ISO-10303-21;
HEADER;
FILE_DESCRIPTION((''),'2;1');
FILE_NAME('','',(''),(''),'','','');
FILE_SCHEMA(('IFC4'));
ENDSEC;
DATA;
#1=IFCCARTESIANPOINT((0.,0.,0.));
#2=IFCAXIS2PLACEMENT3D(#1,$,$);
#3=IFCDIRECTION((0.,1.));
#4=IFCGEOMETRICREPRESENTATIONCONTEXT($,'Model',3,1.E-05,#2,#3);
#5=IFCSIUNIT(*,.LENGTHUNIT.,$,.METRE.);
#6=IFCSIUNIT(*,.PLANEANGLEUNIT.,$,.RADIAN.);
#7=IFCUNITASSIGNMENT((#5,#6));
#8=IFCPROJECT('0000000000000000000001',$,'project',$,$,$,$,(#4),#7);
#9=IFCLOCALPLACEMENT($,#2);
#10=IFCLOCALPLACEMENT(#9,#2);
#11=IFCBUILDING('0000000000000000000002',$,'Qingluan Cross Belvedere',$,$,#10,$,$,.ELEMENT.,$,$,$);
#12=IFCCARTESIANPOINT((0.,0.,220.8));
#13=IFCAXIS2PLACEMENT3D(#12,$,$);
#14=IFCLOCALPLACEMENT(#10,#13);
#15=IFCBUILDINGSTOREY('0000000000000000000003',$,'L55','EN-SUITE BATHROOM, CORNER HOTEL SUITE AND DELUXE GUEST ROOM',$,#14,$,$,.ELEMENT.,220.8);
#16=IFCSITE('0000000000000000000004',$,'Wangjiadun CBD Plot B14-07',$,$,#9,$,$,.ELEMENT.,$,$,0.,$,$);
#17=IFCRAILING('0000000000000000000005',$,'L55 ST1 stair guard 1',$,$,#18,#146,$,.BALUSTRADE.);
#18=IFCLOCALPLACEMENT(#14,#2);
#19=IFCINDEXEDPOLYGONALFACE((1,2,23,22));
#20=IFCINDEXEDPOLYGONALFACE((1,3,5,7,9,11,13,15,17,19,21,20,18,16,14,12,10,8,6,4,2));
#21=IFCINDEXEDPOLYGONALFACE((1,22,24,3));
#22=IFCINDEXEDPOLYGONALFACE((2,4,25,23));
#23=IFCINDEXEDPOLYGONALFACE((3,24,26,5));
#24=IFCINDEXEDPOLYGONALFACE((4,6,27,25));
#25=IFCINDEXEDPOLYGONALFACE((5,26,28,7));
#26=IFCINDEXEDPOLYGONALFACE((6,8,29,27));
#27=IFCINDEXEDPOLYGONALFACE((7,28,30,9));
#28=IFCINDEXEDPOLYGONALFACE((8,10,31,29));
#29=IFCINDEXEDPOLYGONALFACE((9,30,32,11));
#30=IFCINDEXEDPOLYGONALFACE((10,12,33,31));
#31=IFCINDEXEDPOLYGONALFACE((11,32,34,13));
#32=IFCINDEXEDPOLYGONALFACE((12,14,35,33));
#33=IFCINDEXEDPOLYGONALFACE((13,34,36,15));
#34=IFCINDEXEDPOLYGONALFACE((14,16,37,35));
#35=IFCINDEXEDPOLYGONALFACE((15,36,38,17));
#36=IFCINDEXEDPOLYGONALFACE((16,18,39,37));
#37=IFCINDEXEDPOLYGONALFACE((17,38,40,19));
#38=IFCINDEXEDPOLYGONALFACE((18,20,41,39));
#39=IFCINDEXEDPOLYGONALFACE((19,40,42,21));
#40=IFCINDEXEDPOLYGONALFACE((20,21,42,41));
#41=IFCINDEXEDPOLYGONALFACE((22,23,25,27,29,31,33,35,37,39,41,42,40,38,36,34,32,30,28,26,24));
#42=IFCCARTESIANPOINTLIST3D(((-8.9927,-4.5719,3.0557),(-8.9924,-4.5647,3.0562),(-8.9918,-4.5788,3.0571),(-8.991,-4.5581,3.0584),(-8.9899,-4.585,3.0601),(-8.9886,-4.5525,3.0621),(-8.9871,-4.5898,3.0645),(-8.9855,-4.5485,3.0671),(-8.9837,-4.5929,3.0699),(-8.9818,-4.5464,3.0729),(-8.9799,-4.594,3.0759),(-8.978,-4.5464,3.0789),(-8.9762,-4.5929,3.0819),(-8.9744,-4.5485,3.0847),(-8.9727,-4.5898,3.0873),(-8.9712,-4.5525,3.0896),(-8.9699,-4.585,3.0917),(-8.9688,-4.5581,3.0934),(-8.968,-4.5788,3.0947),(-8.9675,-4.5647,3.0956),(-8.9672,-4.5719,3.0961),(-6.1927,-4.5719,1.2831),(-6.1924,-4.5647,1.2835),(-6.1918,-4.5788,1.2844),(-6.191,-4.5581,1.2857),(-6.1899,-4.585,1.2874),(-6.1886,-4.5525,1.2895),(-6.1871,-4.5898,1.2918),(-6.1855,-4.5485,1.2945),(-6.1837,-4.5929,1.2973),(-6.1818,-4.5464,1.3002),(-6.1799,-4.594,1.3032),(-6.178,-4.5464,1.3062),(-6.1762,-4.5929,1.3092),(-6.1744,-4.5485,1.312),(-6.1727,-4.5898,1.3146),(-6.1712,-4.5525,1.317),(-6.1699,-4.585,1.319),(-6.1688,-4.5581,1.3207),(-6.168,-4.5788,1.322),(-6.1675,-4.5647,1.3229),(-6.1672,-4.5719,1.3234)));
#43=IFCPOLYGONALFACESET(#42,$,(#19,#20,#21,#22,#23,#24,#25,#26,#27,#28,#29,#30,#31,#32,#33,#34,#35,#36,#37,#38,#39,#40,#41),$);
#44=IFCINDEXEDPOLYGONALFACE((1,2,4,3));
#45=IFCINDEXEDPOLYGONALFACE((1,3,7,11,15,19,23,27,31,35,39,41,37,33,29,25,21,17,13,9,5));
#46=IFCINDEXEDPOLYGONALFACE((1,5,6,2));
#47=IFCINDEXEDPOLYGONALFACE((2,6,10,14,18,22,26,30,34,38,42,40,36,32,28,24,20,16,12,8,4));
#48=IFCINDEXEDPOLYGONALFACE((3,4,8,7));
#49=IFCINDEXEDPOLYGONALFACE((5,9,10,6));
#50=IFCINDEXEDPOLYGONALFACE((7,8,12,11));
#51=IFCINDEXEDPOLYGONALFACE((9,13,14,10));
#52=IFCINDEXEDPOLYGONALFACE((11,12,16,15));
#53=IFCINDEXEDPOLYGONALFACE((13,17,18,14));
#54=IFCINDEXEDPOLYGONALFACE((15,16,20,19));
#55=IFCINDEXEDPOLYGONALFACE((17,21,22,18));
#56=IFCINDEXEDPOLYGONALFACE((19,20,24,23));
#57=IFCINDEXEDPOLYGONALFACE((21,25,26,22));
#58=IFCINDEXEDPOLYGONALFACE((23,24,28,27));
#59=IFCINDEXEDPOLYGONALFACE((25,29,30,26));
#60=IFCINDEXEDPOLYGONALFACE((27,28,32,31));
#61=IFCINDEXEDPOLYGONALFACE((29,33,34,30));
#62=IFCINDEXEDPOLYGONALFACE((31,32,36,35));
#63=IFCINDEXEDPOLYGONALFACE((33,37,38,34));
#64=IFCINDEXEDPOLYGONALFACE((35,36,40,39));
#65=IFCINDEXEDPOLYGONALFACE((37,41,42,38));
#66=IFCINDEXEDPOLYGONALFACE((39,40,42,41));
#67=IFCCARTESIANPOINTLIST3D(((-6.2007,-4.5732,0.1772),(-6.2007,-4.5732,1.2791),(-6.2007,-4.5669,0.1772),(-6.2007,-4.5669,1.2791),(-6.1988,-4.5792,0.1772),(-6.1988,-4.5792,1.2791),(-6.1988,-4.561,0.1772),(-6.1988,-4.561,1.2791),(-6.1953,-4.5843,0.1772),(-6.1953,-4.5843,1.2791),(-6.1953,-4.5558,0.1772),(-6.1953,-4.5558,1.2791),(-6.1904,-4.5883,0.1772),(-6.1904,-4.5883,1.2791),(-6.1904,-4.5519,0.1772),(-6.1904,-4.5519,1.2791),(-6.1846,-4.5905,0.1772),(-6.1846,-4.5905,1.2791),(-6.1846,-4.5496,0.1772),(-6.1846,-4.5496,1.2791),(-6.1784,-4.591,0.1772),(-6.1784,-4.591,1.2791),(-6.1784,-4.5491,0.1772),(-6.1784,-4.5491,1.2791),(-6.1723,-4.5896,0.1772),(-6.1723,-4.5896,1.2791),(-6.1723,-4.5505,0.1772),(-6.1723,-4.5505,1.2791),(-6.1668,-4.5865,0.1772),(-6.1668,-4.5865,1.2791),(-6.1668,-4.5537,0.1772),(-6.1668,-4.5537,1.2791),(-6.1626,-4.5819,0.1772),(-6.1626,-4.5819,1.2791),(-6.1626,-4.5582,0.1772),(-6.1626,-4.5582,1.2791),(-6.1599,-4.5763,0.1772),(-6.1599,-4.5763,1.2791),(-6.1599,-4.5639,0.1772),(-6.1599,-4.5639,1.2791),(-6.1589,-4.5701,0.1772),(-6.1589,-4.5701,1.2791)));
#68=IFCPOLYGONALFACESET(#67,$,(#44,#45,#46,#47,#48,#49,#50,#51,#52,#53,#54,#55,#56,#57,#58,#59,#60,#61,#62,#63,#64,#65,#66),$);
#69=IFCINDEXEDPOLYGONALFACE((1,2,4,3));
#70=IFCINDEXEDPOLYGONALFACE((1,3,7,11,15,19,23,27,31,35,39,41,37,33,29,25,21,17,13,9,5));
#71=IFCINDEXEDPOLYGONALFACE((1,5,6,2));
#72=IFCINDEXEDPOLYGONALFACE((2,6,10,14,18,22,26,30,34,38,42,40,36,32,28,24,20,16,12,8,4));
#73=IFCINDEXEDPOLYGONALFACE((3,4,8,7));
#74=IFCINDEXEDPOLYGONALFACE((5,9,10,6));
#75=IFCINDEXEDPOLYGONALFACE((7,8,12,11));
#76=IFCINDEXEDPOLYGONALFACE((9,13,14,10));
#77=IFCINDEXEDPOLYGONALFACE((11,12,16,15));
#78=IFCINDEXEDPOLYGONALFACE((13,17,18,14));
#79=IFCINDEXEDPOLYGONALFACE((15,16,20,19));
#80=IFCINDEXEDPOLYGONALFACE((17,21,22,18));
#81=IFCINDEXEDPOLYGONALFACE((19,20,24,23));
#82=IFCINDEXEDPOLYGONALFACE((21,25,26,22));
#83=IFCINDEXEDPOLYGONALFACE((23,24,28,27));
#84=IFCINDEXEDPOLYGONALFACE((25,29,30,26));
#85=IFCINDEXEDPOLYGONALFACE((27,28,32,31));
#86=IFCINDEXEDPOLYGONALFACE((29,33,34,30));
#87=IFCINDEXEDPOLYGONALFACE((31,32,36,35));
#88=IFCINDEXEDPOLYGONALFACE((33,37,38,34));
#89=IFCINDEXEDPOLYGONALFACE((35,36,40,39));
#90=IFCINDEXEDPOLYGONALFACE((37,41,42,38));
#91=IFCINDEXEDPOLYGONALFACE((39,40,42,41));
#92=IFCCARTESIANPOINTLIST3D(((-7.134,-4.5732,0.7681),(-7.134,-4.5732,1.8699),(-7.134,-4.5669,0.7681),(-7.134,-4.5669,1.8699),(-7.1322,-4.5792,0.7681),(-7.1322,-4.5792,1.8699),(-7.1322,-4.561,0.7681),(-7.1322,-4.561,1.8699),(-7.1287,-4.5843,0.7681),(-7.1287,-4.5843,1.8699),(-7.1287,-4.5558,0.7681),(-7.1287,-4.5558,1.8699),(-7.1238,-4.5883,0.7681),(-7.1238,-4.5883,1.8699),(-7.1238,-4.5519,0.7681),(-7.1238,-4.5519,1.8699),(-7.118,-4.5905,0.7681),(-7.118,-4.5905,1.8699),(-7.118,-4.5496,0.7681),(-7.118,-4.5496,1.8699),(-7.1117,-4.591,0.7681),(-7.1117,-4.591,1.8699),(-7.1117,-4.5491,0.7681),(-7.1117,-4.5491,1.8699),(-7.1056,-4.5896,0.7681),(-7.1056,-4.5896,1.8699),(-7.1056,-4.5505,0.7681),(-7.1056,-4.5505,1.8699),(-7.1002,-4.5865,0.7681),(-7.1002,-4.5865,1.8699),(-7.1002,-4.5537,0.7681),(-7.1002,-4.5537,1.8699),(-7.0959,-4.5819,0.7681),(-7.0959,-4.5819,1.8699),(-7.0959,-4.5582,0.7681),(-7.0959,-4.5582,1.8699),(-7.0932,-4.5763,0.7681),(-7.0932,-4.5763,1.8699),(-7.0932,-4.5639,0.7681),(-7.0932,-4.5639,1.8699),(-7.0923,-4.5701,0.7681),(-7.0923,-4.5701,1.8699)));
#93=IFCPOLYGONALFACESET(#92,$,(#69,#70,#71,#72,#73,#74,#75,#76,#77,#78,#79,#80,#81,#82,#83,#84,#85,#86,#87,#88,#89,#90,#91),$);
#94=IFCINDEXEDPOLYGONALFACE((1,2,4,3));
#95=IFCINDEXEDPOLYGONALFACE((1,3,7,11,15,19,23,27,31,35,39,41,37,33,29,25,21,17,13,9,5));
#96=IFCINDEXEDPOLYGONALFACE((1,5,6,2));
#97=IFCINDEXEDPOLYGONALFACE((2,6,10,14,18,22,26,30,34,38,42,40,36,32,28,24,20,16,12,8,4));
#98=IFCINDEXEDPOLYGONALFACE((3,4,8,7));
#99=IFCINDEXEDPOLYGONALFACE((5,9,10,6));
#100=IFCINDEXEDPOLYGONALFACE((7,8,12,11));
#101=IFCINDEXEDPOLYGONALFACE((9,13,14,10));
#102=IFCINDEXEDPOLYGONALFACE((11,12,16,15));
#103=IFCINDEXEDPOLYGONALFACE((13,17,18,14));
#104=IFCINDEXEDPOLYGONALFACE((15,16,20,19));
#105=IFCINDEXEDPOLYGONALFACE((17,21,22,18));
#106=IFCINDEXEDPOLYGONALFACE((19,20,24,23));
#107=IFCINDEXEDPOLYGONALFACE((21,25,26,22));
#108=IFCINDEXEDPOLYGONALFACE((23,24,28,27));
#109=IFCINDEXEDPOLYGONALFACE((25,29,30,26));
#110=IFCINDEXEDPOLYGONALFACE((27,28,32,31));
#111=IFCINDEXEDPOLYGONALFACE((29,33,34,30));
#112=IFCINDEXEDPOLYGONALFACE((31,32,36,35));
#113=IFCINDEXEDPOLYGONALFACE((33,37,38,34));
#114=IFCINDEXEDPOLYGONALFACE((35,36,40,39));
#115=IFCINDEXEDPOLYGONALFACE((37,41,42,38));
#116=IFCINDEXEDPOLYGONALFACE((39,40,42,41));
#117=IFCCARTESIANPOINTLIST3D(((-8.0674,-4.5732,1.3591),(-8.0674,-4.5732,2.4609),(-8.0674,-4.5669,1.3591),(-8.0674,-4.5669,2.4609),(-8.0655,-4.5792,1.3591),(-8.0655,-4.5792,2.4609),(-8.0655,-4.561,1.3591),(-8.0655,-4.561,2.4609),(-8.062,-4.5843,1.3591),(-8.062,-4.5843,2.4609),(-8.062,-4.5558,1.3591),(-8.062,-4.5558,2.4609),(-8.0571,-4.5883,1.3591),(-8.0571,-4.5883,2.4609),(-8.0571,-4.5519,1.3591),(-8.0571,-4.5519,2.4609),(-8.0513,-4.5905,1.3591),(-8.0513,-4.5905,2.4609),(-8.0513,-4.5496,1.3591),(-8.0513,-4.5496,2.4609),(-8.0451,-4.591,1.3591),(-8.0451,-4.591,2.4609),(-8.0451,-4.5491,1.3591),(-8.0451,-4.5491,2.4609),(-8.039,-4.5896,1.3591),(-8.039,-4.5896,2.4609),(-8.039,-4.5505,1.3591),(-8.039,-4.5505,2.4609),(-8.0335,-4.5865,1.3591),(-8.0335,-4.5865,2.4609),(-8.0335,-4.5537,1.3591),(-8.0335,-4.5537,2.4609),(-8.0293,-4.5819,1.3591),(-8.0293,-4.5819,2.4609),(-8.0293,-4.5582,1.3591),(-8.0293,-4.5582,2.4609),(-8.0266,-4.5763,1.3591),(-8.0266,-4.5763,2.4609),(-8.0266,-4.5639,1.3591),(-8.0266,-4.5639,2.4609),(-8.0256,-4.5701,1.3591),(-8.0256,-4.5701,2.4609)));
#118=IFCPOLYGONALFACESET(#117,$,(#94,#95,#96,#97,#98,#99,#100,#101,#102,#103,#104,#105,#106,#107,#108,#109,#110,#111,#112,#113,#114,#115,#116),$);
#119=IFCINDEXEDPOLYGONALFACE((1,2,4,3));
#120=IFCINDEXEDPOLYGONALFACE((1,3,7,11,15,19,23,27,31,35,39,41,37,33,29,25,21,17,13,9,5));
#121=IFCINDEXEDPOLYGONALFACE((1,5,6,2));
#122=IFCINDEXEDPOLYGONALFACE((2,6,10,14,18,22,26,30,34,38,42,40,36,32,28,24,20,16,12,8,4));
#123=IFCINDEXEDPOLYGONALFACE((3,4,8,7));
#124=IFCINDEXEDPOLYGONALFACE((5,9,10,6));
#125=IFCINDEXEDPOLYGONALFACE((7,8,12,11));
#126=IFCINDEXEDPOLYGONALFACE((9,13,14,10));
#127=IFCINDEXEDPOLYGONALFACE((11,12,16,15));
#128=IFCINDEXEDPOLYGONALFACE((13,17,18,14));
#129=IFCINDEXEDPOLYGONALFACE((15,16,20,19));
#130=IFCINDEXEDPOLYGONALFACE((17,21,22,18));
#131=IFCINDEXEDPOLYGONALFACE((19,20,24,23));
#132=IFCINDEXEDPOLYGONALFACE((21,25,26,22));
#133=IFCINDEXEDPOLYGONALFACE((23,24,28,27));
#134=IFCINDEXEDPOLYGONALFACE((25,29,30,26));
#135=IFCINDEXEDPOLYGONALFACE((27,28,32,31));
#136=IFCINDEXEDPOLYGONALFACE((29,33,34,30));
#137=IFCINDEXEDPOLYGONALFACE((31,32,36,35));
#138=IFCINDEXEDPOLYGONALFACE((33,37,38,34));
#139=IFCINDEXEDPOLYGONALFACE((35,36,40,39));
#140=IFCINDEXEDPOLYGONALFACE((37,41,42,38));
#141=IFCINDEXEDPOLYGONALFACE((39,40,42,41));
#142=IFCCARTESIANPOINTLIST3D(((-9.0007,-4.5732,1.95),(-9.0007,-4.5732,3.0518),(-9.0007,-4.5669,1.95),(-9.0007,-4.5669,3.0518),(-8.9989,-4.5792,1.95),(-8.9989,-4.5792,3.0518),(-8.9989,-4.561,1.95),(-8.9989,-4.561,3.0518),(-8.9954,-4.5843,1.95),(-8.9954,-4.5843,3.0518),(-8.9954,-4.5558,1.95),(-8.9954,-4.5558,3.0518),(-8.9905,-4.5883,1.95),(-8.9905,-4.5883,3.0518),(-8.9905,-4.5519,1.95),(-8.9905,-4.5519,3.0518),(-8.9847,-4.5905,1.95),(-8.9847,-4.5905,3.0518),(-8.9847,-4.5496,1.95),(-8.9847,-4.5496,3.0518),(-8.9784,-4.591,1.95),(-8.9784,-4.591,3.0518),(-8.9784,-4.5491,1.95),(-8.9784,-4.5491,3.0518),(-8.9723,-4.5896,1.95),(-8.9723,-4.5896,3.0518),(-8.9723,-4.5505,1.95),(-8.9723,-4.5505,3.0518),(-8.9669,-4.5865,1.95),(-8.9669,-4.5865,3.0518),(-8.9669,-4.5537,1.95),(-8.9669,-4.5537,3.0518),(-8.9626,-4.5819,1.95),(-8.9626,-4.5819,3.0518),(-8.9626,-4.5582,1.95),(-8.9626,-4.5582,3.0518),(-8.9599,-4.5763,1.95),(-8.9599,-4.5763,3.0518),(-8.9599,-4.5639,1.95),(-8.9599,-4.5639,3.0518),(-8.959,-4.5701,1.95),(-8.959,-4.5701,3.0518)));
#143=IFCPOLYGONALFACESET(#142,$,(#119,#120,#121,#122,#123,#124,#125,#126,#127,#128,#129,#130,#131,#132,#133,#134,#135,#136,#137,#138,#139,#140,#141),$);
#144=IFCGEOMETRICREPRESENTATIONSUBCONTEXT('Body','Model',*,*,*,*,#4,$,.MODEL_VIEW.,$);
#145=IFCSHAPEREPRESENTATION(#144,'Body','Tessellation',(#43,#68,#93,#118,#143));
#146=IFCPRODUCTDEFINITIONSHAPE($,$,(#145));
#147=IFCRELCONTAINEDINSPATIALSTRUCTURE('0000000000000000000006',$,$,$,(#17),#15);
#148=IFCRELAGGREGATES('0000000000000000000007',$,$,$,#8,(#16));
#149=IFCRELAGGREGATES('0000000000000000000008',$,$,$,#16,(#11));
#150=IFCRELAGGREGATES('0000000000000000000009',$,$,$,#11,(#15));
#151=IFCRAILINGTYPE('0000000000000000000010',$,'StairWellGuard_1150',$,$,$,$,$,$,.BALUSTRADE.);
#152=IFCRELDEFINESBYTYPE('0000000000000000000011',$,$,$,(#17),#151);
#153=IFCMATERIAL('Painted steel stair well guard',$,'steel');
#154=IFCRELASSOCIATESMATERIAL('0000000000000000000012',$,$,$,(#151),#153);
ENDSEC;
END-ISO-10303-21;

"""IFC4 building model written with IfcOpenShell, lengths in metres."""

from ifc_helpers import new_model, si_unit, direction, frame, origin, origin_2d, place, context, subcontext, project, spatial, circle, extrude, material, type_object, element, save


model = new_model("IFC4")

# Units and contexts
model_context = context("Model", 3, precision=1e-05, world=origin(), true_north=direction((0.0, 1.0)))
body_context = subcontext(model_context, "Body", "Model", "MODEL_VIEW")
ifc_project = project(units=[si_unit("LENGTHUNIT", "METRE"), si_unit("PLANEANGLEUNIT", "RADIAN")], contexts=[model_context])

# Site, building, storey
site_placement = place(None, origin())
site = spatial("IfcSite", under=ifc_project, at=site_placement, Name="Wangjiadun CBD Plot B14-07", CompositionType="ELEMENT", RefElevation=0.0)
building_placement = place(site_placement, origin())
building = spatial("IfcBuilding", under=site, at=building_placement, Name="Qingluan Cross Belvedere", CompositionType="ELEMENT")
storey_placement = place(building_placement, frame((0.0, 0.0, 220.8)))
storey = spatial("IfcBuildingStorey", under=building, at=storey_placement, Name="L55", Description="EN-SUITE BATHROOM, CORNER HOTEL SUITE AND DELUXE GUEST ROOM", CompositionType="ELEMENT", Elevation=220.8)

# Railing
ifc_material_1 = material(Name="Painted steel stair well guard", Category="steel")
railing_type_1 = type_object("IfcRailingType", Name="StairWellGuard_1150", PredefinedType="BALUSTRADE", material=ifc_material_1)
railing_1_placement = place(storey_placement, frame((-6.1799, -4.5701, 0.1772)))
element("IfcRailing", 1, at=railing_1_placement, inside=storey, type_object=railing_type_1, Name="L55 ST1 stair guard 1", PredefinedType="BALUSTRADE", context=body_context, shape_type="SweptSolid", body=[
    extrude(circle(Radius=0.0239, at=origin_2d()), frame((0.0, 0.0, 1.126), z_axis=(-0.844909, 0.0, 0.53491), x_axis=(0.0, -1.0, 0.0)), (0.0, 0.0, 1.0), 3.314),
    extrude(circle(Radius=0.021, at=origin_2d()), origin(), (0.0, 0.0, 1.0), 1.1018),
    extrude(circle(Radius=0.021, at=origin_2d()), frame((-0.9333, 0.0, 0.5908)), (0.0, 0.0, 1.0), 1.1018),
    extrude(circle(Radius=0.021, at=origin_2d()), frame((-1.8667, 0.0, 1.1819)), (0.0, 0.0, 1.0), 1.1018),
    extrude(circle(Radius=0.021, at=origin_2d()), frame((-2.8, 0.0, 1.7727)), (0.0, 0.0, 1.0), 1.1018),
])

save(model, "model.ifc")
